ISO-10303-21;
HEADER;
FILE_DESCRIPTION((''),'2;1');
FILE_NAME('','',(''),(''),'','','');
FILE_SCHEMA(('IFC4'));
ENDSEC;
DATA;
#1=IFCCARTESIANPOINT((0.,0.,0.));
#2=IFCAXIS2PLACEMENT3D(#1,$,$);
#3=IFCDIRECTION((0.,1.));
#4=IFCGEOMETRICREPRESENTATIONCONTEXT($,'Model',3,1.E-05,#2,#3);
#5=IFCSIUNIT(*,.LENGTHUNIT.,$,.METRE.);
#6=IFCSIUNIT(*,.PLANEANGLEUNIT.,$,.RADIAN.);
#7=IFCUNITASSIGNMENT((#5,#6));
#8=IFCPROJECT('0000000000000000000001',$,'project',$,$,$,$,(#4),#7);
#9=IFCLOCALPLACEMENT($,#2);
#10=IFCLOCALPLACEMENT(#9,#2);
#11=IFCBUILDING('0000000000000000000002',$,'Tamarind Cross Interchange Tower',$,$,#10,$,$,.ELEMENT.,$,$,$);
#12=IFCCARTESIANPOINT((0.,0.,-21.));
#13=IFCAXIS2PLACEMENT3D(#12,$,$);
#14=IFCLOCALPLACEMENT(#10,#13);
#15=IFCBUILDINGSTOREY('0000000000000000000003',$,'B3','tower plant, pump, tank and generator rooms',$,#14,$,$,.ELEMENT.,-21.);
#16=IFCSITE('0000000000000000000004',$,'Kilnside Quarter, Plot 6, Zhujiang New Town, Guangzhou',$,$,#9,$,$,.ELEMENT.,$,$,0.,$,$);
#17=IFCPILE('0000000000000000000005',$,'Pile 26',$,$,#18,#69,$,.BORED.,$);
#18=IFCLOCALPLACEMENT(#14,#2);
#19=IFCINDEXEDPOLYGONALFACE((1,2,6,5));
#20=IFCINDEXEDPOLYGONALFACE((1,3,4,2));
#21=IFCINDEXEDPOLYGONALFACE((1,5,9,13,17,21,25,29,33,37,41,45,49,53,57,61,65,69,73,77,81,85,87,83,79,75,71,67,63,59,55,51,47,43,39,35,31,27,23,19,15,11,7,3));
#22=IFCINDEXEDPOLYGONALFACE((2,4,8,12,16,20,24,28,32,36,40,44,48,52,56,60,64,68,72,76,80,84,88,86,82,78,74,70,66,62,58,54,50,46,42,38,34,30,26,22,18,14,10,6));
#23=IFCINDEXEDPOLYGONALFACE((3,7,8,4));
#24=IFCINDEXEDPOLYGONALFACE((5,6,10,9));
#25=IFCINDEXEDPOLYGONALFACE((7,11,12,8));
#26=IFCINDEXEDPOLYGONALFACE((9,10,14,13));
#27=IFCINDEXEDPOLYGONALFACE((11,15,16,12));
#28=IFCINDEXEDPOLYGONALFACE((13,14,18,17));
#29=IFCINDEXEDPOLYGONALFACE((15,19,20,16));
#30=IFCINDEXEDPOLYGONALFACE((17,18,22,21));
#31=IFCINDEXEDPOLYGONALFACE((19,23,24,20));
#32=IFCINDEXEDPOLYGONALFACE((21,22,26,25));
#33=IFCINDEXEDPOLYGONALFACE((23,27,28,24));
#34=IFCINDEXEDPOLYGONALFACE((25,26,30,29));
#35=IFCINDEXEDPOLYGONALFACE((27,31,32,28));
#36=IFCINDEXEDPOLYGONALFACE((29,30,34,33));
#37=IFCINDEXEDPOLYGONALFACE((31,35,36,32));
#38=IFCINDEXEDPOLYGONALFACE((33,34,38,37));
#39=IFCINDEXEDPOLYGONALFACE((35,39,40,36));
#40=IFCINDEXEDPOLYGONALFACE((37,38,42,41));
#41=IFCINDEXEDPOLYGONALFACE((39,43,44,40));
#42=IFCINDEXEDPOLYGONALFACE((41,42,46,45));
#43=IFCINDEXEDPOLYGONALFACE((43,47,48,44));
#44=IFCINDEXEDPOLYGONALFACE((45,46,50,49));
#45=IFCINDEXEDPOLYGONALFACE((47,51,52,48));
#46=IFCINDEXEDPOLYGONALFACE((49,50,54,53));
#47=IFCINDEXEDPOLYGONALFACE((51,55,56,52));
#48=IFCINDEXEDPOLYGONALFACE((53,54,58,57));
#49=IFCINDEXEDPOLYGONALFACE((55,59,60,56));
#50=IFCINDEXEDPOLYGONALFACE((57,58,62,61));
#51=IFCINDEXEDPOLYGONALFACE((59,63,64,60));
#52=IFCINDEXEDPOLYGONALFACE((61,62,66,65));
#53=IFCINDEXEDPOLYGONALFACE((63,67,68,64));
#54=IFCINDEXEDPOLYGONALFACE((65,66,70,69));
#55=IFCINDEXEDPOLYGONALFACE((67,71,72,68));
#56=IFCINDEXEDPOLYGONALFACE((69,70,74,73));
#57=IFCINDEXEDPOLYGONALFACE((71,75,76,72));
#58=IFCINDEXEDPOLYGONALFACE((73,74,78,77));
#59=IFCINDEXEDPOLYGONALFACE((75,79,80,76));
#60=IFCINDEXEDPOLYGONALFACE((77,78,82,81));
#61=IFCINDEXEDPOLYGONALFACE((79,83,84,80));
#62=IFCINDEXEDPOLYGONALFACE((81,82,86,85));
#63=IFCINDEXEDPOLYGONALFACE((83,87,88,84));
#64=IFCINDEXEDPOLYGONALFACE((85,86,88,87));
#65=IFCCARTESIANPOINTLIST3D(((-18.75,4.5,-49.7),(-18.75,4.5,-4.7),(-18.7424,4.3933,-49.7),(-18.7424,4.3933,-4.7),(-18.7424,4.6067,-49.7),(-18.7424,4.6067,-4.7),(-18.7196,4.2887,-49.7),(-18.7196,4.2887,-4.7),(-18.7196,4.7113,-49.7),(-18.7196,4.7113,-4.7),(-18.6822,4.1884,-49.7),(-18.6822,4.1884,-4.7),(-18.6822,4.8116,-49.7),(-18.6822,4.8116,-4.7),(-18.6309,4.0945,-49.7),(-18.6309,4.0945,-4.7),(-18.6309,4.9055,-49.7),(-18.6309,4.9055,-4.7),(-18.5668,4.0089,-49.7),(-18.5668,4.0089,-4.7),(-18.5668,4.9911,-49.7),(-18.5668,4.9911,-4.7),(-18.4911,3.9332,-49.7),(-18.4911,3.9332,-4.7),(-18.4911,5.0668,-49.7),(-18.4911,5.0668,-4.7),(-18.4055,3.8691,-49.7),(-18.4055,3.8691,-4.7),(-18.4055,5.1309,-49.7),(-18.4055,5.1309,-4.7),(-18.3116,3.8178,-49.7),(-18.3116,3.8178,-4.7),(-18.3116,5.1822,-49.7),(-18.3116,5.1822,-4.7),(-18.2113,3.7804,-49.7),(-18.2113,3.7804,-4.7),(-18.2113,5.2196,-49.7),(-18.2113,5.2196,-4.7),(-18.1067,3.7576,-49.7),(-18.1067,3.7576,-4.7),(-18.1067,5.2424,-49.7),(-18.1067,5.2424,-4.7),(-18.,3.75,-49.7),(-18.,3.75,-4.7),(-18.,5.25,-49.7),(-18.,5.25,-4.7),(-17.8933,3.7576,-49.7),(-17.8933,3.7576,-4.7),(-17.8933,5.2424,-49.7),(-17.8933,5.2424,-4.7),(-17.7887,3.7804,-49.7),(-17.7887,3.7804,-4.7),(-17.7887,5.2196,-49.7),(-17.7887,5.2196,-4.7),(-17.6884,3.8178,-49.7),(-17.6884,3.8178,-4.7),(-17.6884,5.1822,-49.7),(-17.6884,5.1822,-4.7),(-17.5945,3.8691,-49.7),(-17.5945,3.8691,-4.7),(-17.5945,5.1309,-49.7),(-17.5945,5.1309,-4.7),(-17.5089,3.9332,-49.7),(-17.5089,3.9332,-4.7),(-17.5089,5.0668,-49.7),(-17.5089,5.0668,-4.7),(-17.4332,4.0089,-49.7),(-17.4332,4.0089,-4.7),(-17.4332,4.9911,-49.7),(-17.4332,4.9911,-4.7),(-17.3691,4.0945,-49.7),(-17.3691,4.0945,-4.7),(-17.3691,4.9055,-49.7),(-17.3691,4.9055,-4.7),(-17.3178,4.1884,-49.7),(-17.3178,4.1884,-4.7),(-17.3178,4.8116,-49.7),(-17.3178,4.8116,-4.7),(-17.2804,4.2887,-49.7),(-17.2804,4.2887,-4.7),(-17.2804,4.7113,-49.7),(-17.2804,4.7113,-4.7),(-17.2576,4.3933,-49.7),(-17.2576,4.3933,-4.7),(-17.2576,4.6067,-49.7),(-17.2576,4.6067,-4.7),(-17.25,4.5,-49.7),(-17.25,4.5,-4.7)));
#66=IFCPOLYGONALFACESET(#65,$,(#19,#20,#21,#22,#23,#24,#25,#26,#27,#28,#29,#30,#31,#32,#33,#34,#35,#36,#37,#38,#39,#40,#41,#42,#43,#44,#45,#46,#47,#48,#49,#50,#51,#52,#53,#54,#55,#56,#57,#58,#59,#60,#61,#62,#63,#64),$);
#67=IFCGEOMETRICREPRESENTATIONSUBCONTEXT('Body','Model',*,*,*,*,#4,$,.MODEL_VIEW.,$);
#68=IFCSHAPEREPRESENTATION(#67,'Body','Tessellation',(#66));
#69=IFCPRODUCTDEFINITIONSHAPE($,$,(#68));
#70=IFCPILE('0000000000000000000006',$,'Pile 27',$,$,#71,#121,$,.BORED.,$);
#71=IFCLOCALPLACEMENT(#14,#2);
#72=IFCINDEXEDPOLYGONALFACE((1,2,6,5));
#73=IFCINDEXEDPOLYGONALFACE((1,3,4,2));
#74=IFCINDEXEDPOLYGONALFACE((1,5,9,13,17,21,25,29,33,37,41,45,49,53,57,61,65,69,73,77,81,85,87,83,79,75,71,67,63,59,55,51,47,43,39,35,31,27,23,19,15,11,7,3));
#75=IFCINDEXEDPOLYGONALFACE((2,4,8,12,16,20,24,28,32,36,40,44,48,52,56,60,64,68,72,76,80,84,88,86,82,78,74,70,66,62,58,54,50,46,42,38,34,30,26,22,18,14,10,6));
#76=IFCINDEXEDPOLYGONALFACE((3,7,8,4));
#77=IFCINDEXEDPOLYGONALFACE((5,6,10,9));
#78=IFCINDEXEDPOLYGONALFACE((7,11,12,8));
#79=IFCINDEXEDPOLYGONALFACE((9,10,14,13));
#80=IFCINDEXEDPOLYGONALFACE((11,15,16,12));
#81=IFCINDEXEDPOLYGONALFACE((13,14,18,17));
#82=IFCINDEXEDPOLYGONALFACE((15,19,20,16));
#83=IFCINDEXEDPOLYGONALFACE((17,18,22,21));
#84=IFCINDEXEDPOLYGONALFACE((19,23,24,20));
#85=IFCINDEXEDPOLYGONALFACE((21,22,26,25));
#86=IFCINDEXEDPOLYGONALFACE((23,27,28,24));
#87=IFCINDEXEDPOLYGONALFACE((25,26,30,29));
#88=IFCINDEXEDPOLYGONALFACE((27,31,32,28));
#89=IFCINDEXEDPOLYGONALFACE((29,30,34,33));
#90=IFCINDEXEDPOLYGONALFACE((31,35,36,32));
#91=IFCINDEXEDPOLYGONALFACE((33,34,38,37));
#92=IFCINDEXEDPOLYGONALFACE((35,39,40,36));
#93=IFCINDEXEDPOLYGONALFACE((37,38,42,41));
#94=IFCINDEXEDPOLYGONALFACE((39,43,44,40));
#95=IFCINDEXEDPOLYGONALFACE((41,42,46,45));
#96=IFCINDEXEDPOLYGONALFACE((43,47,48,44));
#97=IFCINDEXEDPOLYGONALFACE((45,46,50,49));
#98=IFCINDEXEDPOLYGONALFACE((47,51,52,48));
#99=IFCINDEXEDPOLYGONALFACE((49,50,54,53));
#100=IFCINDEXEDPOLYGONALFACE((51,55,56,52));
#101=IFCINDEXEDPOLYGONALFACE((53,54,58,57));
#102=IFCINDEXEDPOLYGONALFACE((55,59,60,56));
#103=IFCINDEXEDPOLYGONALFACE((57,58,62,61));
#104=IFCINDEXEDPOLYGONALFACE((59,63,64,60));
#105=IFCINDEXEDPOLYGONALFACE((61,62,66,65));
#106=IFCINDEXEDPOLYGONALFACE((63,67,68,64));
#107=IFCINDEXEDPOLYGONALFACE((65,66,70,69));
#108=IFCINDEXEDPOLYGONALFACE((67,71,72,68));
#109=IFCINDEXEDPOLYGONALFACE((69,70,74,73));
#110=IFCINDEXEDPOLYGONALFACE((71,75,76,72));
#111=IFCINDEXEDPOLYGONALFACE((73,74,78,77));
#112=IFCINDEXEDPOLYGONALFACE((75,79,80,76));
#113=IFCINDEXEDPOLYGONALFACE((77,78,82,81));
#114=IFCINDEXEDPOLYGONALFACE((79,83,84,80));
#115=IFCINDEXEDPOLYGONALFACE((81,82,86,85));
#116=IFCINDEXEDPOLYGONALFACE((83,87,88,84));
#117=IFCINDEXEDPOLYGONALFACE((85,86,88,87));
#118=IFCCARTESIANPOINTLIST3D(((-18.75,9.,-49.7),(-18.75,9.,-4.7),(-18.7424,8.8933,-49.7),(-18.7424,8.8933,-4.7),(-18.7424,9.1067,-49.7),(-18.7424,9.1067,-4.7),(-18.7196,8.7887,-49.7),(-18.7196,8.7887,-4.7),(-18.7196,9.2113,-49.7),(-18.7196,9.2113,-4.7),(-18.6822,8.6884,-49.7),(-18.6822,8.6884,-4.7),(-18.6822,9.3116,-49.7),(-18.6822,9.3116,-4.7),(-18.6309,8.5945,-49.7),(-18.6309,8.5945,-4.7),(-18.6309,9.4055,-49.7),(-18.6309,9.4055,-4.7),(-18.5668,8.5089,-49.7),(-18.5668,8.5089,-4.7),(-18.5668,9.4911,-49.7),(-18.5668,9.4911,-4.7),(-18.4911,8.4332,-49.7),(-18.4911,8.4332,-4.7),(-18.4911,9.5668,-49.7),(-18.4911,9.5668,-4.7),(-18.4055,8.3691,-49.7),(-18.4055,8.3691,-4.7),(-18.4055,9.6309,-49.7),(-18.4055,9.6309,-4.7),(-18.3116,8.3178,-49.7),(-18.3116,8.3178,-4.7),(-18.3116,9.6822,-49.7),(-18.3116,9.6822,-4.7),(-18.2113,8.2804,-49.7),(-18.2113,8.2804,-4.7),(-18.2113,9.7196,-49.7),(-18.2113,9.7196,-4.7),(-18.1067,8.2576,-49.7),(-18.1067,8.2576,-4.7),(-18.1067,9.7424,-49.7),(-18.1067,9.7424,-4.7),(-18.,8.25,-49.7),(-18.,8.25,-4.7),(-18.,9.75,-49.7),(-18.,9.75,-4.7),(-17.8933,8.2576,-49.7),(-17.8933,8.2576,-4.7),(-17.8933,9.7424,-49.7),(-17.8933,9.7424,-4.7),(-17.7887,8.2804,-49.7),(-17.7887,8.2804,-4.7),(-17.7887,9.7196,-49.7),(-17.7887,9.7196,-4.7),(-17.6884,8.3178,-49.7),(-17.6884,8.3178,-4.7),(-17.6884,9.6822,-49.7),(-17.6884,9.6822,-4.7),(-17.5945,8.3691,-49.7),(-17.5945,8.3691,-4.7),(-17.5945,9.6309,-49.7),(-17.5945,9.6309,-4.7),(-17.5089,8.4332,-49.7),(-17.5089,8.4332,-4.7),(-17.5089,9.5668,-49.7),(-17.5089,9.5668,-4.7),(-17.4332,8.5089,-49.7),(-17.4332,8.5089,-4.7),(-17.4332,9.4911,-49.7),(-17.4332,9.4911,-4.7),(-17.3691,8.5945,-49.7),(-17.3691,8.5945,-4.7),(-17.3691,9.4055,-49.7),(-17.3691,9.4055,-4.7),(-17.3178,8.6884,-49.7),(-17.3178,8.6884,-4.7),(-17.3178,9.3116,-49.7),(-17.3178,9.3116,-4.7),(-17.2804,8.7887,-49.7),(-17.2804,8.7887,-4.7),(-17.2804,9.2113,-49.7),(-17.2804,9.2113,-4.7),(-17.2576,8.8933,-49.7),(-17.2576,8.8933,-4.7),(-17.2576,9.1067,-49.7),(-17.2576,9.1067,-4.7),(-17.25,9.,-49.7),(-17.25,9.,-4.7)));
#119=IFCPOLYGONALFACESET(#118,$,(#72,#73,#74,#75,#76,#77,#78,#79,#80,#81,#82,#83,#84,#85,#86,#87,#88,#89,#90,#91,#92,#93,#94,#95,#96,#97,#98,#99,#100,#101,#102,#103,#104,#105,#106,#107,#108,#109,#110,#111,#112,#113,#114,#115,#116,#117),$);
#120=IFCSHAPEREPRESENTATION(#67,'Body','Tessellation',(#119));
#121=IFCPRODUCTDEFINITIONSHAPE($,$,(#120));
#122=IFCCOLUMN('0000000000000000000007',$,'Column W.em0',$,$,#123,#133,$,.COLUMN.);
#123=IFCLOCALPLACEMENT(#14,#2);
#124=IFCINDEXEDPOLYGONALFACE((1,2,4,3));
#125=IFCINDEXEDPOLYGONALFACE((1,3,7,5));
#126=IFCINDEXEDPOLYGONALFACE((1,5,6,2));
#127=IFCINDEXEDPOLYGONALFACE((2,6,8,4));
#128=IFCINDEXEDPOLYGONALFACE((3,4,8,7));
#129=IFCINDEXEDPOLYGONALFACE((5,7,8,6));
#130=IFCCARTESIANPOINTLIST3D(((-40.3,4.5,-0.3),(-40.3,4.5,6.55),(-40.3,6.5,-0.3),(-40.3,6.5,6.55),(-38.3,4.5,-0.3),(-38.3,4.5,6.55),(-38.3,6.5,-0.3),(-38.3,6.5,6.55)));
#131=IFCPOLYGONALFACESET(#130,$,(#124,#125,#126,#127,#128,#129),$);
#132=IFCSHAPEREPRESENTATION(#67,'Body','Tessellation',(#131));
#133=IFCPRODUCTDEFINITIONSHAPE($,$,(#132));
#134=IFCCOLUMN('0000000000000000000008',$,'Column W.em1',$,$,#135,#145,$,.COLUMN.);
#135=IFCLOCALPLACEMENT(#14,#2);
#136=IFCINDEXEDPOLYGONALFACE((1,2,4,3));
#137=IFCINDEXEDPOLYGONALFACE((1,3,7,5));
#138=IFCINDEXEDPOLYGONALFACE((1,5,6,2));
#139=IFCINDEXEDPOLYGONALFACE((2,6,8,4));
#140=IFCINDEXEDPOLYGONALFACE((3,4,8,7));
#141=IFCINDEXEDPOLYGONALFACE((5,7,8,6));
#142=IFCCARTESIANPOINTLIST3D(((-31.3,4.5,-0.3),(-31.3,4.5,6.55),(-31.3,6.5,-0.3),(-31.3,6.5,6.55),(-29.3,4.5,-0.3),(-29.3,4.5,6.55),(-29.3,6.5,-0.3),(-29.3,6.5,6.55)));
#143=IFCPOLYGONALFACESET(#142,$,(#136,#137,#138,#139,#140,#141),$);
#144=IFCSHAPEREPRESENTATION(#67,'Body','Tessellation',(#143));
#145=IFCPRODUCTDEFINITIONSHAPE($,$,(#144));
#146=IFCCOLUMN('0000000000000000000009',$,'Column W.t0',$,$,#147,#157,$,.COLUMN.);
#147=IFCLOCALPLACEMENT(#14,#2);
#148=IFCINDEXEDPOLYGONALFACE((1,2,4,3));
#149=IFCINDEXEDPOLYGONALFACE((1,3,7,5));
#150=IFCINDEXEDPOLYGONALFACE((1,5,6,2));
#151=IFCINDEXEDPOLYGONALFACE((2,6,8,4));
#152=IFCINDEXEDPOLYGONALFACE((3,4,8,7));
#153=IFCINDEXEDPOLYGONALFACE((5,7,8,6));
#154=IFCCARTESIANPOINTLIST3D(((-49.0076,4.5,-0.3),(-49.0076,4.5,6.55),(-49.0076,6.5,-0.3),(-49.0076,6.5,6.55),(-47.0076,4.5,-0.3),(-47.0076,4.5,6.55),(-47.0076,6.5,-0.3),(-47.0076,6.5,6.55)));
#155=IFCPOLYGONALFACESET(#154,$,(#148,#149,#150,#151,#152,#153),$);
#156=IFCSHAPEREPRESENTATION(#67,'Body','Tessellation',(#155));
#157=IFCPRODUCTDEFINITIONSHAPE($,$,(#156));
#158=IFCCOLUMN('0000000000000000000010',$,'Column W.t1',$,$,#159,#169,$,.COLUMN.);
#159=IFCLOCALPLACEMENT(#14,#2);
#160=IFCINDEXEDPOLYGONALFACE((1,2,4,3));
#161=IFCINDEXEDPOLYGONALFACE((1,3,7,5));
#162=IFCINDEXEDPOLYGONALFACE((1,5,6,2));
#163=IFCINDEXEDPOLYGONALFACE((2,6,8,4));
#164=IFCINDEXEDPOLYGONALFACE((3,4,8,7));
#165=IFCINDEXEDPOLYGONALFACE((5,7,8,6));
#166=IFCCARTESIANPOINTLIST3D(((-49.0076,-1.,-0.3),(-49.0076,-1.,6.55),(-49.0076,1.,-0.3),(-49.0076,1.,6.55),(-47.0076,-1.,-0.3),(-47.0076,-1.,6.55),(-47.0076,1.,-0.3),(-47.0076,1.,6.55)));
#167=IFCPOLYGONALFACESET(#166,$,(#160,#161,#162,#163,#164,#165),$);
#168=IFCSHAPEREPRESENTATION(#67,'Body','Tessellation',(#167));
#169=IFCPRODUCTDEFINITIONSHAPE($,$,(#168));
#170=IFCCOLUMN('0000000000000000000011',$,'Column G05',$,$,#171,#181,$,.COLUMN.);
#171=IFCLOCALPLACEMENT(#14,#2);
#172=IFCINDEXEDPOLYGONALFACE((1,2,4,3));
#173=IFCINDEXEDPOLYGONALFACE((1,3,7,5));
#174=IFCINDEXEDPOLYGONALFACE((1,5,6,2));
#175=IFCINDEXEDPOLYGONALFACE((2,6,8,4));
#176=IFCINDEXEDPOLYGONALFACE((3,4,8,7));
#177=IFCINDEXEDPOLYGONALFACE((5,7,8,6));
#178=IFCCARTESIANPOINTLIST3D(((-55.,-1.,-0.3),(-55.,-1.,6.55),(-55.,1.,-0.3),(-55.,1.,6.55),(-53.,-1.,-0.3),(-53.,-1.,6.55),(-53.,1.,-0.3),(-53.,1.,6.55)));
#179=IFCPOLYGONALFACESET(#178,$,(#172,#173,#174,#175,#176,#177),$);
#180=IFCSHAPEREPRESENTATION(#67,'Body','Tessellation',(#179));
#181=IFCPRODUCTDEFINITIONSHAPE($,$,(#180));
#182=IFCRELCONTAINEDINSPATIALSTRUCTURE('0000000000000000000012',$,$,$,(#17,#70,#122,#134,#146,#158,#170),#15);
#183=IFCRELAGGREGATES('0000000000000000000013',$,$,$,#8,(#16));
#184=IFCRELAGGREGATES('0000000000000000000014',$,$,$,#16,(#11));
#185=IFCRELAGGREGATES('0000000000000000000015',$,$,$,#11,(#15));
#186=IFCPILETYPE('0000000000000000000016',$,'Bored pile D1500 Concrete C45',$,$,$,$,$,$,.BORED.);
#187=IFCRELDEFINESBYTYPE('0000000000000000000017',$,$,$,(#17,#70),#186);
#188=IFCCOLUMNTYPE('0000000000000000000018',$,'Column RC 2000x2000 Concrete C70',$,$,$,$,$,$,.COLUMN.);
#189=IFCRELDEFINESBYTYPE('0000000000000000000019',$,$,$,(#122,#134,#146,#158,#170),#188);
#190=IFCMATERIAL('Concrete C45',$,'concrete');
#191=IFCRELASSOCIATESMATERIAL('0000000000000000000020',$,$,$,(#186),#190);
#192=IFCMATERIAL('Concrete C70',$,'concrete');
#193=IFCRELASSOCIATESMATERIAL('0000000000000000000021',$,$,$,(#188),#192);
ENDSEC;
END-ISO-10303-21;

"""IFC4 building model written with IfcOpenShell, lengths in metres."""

from ifc_helpers import new_model, si_unit, direction, frame, origin, origin_2d, place, context, subcontext, project, spatial, rectangle, circle, extrude, material, material_profile, profile_set, type_object, element, save


model = new_model("IFC4")

# Units and contexts
model_context = context("Model", 3, precision=1e-05, world=origin(), true_north=direction((0.0, 1.0)))
body_context = subcontext(model_context, "Body", "Model", "MODEL_VIEW")
ifc_project = project(units=[si_unit("LENGTHUNIT", "METRE"), si_unit("PLANEANGLEUNIT", "RADIAN")], contexts=[model_context])

# Site, building, storey
site_placement = place(None, origin())
site = spatial("IfcSite", under=ifc_project, at=site_placement, Name="Kilnside Quarter, Plot 6, Zhujiang New Town, Guangzhou", CompositionType="ELEMENT", RefElevation=0.0)
building_placement = place(site_placement, origin())
building = spatial("IfcBuilding", under=site, at=building_placement, Name="Tamarind Cross Interchange Tower", CompositionType="ELEMENT")
storey_placement = place(building_placement, frame((0.0, 0.0, -21.0)))
storey = spatial("IfcBuildingStorey", under=building, at=storey_placement, Name="B3", Description="tower plant, pump, tank and generator rooms", CompositionType="ELEMENT", Elevation=-21.0)

# Piles
ifc_material_1 = material(Name="Concrete C45", Category="concrete")
ifc_material_profile_1 = material_profile(ifc_material_1, circle(Radius=0.75, at=origin_2d()), Name="RC D1500")
ifc_profile_set_1 = profile_set([ifc_material_profile_1], Name="Concrete C45")
pile_type = type_object("IfcPileType", Name="Bored pile D1500 Concrete C45", PredefinedType="BORED", material=ifc_profile_set_1)
for number, where, z_axis, x_axis, name in (
    (1, (-18.0, 4.5, -4.7), (0.0, 0.0, -1.0), (1.0, 0.0, 0.0), "Pile 26"),
    (2, (-18.0, 9.0, -4.7), (0.0, 0.0, -1.0), (1.0, 0.0, 0.0), "Pile 27"),
):
    element("IfcPile", number, at=place(storey_placement, frame(where, z_axis=z_axis, x_axis=x_axis)), inside=storey, type_object=pile_type, Name=name, PredefinedType="BORED", context=body_context, shape_type="SweptSolid", body=[
        extrude(circle(Radius=0.75, at=origin_2d()), origin(), (0.0, 0.0, 1.0), 45.0),
    ])

# Columns
ifc_material_2 = material(Name="Concrete C70", Category="concrete")
ifc_material_profile_2 = material_profile(ifc_material_2, rectangle(XDim=2.0, YDim=2.0, at=origin_2d()), Name="RC 2000x2000")
ifc_profile_set_2 = profile_set([ifc_material_profile_2], Name="Concrete C70")
column_type_1 = type_object("IfcColumnType", Name="Column RC 2000x2000 Concrete C70", PredefinedType="COLUMN", material=ifc_profile_set_2)
for number, where, z_axis, x_axis, name in (
    (3, (-39.3, 5.5, -0.3), (0.0, 0.0, 1.0), (1.0, 0.0, 0.0), "Column W.em0"),
    (4, (-30.3, 5.5, -0.3), (0.0, 0.0, 1.0), (1.0, 0.0, 0.0), "Column W.em1"),
    (5, (-48.0076, 5.5, -0.3), (0.0, 0.0, 1.0), (1.0, 0.0, 0.0), "Column W.t0"),
    (6, (-48.0076, 0.0, -0.3), (0.0, 0.0, 1.0), (1.0, 0.0, 0.0), "Column W.t1"),
    (7, (-54.0, 0.0, -0.3), (0.0, 0.0, 1.0), (1.0, 0.0, 0.0), "Column G05"),
):
    element("IfcColumn", number, at=place(storey_placement, frame(where, z_axis=z_axis, x_axis=x_axis)), inside=storey, type_object=column_type_1, Name=name, PredefinedType="COLUMN", context=body_context, shape_type="SweptSolid", body=[
        extrude(rectangle(XDim=2.0, YDim=2.0, at=origin_2d()), origin(), (0.0, 0.0, 1.0), 6.8501),
    ])

save(model, "model.ifc")
